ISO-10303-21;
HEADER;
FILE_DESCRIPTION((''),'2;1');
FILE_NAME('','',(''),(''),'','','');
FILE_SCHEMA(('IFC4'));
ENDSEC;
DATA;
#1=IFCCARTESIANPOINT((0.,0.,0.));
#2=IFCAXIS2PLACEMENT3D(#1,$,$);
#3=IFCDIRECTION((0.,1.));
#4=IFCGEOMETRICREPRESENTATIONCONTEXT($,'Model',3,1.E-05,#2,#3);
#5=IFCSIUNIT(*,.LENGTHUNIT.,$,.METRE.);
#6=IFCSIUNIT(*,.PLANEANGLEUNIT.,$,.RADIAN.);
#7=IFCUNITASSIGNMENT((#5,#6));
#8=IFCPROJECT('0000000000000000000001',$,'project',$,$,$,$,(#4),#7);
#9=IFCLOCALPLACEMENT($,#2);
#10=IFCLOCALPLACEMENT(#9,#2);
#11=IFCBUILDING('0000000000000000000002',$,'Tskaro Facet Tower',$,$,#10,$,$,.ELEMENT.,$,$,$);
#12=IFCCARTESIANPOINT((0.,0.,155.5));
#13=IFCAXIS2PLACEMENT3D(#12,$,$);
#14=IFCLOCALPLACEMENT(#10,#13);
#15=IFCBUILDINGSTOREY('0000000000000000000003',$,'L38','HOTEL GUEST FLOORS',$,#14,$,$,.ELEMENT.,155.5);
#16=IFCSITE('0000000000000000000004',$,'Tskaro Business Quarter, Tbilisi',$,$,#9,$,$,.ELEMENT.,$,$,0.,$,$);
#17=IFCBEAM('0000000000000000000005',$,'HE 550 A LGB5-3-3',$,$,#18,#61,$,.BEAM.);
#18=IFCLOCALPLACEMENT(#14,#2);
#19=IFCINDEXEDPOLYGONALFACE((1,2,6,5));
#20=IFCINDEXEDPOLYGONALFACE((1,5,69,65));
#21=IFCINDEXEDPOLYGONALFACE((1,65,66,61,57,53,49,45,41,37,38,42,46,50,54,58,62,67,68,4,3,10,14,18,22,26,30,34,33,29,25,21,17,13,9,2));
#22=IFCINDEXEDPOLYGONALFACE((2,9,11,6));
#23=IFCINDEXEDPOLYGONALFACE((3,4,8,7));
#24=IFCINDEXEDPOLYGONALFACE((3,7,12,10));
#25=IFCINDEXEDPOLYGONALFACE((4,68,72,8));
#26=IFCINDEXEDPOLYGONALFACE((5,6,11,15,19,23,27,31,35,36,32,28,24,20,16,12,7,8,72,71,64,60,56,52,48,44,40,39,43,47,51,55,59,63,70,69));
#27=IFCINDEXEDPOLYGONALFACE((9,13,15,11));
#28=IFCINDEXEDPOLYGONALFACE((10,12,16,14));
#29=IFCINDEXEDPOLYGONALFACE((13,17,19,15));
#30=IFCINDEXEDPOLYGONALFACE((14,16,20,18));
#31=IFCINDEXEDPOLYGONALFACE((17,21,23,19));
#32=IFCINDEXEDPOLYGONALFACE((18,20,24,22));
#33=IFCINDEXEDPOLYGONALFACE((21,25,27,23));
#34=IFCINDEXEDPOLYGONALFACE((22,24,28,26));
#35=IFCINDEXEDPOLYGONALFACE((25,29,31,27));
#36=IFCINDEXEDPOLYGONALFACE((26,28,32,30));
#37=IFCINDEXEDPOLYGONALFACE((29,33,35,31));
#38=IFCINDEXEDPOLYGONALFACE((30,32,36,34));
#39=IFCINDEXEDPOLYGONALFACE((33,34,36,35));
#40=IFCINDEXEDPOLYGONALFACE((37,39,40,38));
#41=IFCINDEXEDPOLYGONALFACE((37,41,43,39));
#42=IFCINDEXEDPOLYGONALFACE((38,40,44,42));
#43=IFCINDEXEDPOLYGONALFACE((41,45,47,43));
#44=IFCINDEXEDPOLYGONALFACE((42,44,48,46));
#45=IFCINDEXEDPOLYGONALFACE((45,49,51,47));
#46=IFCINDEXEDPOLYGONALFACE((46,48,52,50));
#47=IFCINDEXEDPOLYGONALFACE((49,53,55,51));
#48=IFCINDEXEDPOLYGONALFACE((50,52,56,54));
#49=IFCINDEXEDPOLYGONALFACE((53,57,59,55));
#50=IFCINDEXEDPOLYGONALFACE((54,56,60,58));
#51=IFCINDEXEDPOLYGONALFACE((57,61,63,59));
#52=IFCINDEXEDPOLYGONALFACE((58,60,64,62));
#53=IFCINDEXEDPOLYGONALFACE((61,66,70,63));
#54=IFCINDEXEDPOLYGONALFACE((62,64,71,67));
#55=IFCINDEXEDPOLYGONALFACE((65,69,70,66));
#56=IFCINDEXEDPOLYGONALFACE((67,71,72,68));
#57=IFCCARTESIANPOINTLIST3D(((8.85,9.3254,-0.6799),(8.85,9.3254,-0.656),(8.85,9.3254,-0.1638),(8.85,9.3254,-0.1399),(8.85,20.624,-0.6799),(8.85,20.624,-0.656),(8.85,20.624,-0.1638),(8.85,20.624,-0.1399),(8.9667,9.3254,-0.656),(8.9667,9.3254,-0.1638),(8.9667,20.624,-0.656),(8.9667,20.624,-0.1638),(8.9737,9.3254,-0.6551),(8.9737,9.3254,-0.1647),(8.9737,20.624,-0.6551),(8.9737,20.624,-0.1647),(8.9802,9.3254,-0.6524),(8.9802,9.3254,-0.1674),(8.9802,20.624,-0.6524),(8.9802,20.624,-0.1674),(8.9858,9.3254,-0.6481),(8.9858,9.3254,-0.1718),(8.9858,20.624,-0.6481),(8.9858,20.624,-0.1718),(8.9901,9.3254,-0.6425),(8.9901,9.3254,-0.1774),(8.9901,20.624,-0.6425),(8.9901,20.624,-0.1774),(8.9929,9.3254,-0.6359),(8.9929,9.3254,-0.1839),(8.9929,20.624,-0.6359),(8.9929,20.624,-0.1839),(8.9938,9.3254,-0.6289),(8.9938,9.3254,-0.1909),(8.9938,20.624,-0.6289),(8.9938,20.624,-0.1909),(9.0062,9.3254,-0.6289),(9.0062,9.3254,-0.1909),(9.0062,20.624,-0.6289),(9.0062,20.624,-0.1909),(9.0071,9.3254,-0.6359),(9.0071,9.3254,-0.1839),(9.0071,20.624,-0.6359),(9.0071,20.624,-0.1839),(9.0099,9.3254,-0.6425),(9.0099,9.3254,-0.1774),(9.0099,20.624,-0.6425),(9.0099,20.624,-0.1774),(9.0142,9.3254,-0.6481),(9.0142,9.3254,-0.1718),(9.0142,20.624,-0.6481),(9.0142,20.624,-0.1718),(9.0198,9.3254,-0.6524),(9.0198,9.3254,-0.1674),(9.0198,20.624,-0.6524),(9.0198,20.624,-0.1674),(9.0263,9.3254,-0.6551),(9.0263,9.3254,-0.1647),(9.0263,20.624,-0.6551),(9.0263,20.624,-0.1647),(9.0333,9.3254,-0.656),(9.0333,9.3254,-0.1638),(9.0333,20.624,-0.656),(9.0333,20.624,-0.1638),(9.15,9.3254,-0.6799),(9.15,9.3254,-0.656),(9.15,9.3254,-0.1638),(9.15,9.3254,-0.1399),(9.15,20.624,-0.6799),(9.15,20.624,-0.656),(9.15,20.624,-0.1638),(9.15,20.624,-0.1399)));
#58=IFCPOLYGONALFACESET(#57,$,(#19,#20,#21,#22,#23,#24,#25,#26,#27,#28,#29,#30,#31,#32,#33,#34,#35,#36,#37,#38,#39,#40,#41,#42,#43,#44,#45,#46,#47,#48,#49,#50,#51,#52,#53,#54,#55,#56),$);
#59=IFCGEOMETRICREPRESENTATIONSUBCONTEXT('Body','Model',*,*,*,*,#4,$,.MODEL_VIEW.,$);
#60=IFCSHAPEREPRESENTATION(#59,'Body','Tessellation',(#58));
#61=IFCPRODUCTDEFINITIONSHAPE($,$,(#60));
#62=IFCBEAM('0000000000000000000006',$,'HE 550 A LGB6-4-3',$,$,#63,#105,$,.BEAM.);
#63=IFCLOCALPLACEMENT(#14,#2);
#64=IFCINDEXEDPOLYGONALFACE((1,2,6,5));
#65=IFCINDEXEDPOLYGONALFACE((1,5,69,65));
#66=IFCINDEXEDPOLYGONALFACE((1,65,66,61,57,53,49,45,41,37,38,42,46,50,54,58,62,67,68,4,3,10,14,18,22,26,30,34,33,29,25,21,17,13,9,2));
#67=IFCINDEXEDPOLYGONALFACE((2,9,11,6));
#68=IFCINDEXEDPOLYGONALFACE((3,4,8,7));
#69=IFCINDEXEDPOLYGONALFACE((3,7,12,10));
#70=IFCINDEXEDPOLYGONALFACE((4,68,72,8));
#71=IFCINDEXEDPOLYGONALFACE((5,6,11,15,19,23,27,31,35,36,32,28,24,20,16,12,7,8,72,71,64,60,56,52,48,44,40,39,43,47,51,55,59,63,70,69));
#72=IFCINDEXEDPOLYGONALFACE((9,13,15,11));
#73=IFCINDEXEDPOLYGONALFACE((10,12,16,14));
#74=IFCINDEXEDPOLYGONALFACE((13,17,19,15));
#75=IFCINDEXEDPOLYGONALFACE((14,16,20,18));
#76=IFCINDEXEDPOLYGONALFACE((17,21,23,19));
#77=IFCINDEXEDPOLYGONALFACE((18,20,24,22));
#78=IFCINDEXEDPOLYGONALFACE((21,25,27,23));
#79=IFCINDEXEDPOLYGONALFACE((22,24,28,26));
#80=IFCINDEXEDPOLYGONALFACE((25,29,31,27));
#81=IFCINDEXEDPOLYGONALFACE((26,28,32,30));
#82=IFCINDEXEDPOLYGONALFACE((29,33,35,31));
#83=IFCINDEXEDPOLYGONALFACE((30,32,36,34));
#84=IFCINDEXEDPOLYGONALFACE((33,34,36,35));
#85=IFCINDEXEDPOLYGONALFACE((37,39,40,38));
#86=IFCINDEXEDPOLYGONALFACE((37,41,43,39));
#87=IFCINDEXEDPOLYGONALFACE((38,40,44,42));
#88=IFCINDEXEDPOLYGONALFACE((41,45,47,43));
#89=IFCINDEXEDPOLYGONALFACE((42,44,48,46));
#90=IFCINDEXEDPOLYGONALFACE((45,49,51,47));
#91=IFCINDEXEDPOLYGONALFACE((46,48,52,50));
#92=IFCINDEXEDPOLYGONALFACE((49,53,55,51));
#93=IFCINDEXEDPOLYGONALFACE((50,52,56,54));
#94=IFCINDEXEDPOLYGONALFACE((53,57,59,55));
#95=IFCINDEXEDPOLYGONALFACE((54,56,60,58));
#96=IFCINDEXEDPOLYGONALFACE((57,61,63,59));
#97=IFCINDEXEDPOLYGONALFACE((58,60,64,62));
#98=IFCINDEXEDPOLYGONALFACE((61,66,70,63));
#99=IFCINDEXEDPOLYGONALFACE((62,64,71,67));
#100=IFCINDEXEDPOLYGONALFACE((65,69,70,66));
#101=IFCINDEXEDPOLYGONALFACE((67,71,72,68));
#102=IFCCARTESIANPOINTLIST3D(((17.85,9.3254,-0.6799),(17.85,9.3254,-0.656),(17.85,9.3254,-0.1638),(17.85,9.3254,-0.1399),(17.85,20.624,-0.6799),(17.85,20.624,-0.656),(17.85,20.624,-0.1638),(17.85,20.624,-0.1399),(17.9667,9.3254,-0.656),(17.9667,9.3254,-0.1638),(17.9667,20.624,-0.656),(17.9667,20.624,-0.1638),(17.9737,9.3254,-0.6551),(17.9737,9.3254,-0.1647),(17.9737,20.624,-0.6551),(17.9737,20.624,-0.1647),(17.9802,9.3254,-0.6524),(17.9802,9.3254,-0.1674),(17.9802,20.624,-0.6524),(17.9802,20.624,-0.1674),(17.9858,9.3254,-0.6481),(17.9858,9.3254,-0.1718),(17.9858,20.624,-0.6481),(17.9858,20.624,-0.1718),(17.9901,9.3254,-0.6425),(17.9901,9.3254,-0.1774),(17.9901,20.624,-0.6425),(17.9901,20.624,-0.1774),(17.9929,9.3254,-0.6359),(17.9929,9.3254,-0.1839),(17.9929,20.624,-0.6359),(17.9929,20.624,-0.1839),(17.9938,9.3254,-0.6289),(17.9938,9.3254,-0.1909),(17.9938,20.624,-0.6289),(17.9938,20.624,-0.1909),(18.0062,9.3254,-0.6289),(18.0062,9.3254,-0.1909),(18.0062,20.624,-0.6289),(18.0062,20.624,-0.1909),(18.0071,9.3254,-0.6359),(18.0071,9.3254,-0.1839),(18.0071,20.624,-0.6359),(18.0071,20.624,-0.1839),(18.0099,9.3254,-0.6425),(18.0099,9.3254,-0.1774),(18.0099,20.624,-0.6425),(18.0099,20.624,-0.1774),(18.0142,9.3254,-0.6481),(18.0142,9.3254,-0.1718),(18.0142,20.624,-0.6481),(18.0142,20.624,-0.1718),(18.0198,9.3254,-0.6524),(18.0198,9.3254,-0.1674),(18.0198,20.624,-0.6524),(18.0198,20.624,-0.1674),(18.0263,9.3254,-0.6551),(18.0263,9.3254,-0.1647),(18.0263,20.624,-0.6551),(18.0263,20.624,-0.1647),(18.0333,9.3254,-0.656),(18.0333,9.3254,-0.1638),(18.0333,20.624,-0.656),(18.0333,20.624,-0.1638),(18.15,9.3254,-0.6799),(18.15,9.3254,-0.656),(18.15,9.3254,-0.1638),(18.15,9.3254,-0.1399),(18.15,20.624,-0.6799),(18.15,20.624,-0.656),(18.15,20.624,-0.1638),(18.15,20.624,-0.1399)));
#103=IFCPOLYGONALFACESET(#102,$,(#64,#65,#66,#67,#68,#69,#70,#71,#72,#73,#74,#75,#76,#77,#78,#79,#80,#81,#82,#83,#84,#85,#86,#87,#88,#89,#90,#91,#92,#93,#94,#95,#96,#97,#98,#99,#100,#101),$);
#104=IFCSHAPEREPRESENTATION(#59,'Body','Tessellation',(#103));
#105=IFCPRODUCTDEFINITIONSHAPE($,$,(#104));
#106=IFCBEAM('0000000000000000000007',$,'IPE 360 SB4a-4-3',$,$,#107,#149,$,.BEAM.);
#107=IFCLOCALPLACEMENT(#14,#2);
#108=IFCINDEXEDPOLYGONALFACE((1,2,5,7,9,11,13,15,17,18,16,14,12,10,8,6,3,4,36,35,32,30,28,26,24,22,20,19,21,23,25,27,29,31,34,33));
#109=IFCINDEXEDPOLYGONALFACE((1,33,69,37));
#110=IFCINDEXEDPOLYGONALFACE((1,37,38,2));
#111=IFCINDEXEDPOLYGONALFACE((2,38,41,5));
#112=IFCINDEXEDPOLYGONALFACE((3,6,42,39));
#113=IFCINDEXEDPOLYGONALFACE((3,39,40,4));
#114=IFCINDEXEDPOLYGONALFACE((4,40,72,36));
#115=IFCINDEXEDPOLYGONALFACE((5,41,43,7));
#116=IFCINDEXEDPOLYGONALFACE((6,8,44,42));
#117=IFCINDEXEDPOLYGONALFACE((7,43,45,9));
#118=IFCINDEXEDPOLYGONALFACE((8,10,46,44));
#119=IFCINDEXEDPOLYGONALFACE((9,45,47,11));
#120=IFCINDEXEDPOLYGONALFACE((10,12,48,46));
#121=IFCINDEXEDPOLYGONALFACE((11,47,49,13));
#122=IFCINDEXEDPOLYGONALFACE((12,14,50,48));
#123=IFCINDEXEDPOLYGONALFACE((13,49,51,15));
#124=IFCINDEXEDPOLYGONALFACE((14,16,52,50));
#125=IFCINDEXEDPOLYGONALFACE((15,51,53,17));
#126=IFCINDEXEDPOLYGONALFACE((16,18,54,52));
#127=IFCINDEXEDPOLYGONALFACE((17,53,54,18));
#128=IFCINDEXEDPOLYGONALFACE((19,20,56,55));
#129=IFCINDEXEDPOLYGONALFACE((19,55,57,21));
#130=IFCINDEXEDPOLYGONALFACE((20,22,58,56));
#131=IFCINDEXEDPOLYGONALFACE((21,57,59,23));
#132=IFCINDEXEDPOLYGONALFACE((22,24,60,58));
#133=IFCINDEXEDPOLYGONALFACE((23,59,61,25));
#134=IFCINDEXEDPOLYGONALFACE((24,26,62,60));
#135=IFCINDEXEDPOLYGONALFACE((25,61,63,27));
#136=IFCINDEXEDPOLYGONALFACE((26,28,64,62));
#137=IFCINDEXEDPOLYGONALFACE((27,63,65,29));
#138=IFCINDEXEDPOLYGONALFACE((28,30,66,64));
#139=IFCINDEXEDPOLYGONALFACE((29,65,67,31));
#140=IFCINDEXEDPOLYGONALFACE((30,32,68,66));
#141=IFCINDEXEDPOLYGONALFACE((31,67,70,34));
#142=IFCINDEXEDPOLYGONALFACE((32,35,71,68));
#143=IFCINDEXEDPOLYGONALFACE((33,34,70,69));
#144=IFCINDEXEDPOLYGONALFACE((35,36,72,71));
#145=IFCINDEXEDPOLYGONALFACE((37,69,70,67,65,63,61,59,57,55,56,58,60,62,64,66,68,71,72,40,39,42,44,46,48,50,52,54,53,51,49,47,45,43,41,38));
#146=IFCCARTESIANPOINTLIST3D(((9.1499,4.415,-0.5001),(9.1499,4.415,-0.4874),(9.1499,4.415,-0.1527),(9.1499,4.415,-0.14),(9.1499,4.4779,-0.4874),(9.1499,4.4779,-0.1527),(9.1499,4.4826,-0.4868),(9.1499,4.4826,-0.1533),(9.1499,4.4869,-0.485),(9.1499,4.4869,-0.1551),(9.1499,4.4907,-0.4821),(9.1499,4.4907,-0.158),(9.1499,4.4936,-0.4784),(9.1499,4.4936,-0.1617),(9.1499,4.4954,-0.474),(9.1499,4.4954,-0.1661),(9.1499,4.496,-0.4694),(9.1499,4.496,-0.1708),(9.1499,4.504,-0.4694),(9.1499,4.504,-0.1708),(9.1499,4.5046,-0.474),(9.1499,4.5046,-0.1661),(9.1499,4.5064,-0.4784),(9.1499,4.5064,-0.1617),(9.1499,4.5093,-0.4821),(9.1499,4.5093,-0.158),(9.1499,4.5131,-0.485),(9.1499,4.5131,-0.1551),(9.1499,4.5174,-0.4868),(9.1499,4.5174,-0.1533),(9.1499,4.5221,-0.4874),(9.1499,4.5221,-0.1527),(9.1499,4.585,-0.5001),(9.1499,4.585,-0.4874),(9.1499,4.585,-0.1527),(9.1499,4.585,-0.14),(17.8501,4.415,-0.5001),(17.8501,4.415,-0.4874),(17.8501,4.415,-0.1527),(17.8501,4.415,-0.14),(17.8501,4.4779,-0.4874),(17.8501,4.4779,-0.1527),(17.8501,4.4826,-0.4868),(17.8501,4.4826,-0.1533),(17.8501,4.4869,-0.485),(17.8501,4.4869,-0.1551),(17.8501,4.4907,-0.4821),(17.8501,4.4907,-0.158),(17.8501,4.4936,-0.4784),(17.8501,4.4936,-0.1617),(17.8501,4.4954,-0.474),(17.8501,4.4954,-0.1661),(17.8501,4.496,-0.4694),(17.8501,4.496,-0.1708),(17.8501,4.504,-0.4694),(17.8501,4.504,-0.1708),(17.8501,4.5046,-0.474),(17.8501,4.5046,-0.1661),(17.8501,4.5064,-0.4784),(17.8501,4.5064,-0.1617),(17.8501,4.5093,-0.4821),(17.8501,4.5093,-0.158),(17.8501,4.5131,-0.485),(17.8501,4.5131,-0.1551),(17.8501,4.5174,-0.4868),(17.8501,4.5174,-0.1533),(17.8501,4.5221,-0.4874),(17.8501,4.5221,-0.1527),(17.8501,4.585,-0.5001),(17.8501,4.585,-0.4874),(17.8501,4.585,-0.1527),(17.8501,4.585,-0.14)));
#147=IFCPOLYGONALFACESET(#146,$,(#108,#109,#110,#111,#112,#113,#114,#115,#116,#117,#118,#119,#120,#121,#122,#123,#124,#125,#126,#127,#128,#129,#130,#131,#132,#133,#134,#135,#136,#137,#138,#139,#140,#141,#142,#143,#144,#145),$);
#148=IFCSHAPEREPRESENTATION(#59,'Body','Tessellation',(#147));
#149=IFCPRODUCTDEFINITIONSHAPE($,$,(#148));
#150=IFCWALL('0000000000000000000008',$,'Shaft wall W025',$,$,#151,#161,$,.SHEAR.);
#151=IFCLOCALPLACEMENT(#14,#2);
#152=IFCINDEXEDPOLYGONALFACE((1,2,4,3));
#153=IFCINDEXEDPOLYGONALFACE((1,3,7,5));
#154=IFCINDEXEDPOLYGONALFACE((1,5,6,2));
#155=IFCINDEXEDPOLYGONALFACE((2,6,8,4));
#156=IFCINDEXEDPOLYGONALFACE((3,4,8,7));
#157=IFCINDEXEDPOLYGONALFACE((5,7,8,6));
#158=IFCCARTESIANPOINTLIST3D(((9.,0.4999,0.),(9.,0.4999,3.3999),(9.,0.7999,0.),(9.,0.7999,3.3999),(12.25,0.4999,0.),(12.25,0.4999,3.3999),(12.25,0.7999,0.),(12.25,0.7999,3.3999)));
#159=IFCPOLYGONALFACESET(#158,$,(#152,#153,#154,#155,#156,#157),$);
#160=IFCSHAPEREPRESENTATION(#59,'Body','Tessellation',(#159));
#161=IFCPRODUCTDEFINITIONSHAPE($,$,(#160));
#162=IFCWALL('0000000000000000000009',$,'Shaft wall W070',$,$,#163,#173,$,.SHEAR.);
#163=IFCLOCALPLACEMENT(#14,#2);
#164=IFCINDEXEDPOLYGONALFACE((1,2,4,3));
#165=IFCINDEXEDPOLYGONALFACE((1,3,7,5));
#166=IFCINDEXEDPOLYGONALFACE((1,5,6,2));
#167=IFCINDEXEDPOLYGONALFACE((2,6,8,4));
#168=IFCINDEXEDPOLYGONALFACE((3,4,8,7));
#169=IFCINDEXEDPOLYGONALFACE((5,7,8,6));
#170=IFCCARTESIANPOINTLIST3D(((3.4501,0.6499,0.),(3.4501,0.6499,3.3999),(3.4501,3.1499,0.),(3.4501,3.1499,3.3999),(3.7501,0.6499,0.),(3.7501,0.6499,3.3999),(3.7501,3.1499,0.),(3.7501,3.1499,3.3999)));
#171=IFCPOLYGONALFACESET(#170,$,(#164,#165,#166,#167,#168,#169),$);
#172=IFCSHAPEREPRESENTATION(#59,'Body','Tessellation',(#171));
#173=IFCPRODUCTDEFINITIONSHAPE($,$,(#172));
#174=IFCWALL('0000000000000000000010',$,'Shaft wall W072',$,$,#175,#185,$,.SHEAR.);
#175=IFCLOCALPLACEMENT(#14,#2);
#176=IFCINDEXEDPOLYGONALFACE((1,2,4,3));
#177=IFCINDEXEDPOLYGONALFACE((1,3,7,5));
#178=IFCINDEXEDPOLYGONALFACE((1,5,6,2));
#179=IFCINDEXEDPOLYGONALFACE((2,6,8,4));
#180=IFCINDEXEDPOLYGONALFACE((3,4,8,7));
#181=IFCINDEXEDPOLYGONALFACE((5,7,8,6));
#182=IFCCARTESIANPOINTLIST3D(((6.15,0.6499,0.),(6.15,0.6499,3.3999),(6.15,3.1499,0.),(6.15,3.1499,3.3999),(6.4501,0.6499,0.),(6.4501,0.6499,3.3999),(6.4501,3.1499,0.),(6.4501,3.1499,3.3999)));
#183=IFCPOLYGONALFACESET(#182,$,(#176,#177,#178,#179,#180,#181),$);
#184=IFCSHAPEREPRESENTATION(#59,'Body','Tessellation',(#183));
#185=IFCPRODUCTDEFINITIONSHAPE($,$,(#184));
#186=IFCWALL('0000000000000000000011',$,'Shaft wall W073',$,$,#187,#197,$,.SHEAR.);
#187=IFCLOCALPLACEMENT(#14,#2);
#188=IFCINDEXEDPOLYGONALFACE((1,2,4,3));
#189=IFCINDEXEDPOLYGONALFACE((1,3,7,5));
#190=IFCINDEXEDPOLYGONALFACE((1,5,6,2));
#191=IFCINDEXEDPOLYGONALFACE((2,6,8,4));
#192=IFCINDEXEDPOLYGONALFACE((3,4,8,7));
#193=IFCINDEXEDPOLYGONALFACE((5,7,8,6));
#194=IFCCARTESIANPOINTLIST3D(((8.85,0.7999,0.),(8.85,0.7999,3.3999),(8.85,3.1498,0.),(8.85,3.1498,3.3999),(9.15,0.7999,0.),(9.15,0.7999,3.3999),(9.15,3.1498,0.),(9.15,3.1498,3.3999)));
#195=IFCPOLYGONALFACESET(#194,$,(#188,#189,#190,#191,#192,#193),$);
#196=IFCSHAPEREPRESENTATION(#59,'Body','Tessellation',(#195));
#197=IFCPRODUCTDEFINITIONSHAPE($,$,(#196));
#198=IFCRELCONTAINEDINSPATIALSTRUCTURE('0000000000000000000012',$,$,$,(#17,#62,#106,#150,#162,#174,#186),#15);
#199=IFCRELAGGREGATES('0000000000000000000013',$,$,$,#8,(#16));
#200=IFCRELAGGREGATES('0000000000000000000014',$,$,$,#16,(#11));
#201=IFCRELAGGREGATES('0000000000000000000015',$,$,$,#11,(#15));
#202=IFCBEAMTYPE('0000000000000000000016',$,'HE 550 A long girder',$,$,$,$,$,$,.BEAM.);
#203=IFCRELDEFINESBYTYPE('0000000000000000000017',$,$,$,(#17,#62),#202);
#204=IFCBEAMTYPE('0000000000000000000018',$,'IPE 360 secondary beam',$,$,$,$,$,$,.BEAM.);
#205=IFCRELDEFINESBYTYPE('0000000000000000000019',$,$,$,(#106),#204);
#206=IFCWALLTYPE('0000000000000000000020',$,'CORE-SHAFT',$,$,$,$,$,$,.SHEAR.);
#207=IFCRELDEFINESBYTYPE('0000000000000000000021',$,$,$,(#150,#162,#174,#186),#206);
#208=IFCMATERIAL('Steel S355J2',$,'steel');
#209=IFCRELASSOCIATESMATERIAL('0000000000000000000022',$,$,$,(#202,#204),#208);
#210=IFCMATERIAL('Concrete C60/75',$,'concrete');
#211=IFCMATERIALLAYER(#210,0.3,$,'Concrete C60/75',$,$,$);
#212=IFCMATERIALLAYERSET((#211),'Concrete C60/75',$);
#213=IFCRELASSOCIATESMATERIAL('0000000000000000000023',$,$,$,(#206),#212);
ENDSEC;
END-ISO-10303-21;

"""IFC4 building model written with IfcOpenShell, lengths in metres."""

from ifc_helpers import new_model, si_unit, direction, frame, frame_2d, origin, origin_2d, place, context, subcontext, project, spatial, rectangle, i_section, extrude, material, layer, layer_set, material_profile, profile_set, type_object, element, save


model = new_model("IFC4")

# Units and contexts
model_context = context("Model", 3, precision=1e-05, world=origin(), true_north=direction((0.0, 1.0)))
body_context = subcontext(model_context, "Body", "Model", "MODEL_VIEW")
ifc_project = project(units=[si_unit("LENGTHUNIT", "METRE"), si_unit("PLANEANGLEUNIT", "RADIAN")], contexts=[model_context])

# Site, building, storey
site_placement = place(None, origin())
site = spatial("IfcSite", under=ifc_project, at=site_placement, Name="Tskaro Business Quarter, Tbilisi", CompositionType="ELEMENT", RefElevation=0.0)
building_placement = place(site_placement, origin())
building = spatial("IfcBuilding", under=site, at=building_placement, Name="Tskaro Facet Tower", CompositionType="ELEMENT")
storey_placement = place(building_placement, frame((0.0, 0.0, 155.5)))
storey = spatial("IfcBuildingStorey", under=building, at=storey_placement, Name="L38", Description="HOTEL GUEST FLOORS", CompositionType="ELEMENT", Elevation=155.5)

# Beams
ifc_material_1 = material(Name="Steel S355J2", Category="steel")
ifc_material_profile_1 = material_profile(ifc_material_1, i_section(OverallWidth=0.3, OverallDepth=0.54, WebThickness=0.0125, FlangeThickness=0.0239, FilletRadius=0.0271, at=origin_2d()), Name="HE 550 A")
ifc_profile_set_1 = profile_set([ifc_material_profile_1], Name="Steel S355J2")
beam_type_1 = type_object("IfcBeamType", Name="HE 550 A long girder", PredefinedType="BEAM", material=ifc_profile_set_1)
for number, where, z_axis, x_axis, name in (
    (1, (9.0, 9.3254, -0.4099), (0.0, 1.0, 0.0), (-1.0, 0.0, 0.0), "HE 550 A LGB5-3-3"),
    (2, (18.0, 9.3254, -0.4099), (0.0, 1.0, 0.0), (-1.0, 0.0, 0.0), "HE 550 A LGB6-4-3"),
):
    element("IfcBeam", number, at=place(storey_placement, frame(where, z_axis=z_axis, x_axis=x_axis)), inside=storey, type_object=beam_type_1, Name=name, PredefinedType="BEAM", context=body_context, shape_type="SweptSolid", body=[
        extrude(i_section(OverallWidth=0.3, OverallDepth=0.54, WebThickness=0.0125, FlangeThickness=0.0239, FilletRadius=0.0271, at=origin_2d()), origin(), (0.0, 0.0, 1.0), 11.2986),
    ])
ifc_material_profile_2 = material_profile(ifc_material_1, i_section(OverallWidth=0.1699, OverallDepth=0.3601, WebThickness=0.0081, FlangeThickness=0.0127, FilletRadius=0.0181, at=origin_2d()), Name="IPE 360")
ifc_profile_set_2 = profile_set([ifc_material_profile_2], Name="Steel S355J2")
beam_type_2 = type_object("IfcBeamType", Name="IPE 360 secondary beam", PredefinedType="BEAM", material=ifc_profile_set_2)
beam_1_placement = place(storey_placement, frame((9.1499, 4.5, -0.3201), z_axis=(1.0, 0.0, 0.0), x_axis=(0.0, 1.0, 0.0)))
element("IfcBeam", 3, at=beam_1_placement, inside=storey, type_object=beam_type_2, Name="IPE 360 SB4a-4-3", PredefinedType="BEAM", context=body_context, shape_type="SweptSolid", body=[
    extrude(i_section(OverallWidth=0.1699, OverallDepth=0.3601, WebThickness=0.0081, FlangeThickness=0.0127, FilletRadius=0.0181, at=origin_2d()), origin(), (0.0, 0.0, 1.0), 8.7002),
])

# Walls
ifc_material_2 = material(Name="Concrete C60/75", Category="concrete")
ifc_layer_1 = layer(ifc_material_2, 0.3, Name="Concrete C60/75")
ifc_layer_set_1 = layer_set([ifc_layer_1], Name="Concrete C60/75")
wall_type_1 = type_object("IfcWallType", Name="CORE-SHAFT", PredefinedType="SHEAR", material=ifc_layer_set_1)
wall_1_placement = place(storey_placement, frame((12.25, 0.6499, 0.0), z_axis=(0.0, 0.0, 1.0), x_axis=(-1.0, 0.0, 0.0)))
element("IfcWall", 4, at=wall_1_placement, inside=storey, type_object=wall_type_1, Name="Shaft wall W025", PredefinedType="SHEAR", context=body_context, shape_type="SweptSolid", body=[
    extrude(rectangle(XDim=3.25, YDim=0.3, at=frame_2d((1.625, 0.0))), origin(), (0.0, 0.0, 1.0), 3.3999),
])
for number, where, z_axis, x_axis, name in (
    (5, (3.6001, 0.6499, 0.0), (0.0, 0.0, 1.0), (0.0, 1.0, 0.0), "Shaft wall W070"),
    (6, (6.3, 0.6499, 0.0), (0.0, 0.0, 1.0), (0.0, 1.0, 0.0), "Shaft wall W072"),
):
    element("IfcWall", number, at=place(storey_placement, frame(where, z_axis=z_axis, x_axis=x_axis)), inside=storey, type_object=wall_type_1, Name=name, PredefinedType="SHEAR", context=body_context, shape_type="SweptSolid", body=[
        extrude(rectangle(XDim=2.5, YDim=0.3, at=frame_2d((1.25, 0.0))), origin(), (0.0, 0.0, 1.0), 3.3999),
    ])
wall_2_placement = place(storey_placement, frame((9.0, 0.8, 0.0), z_axis=(0.0, 0.0, 1.0), x_axis=(0.0, 1.0, 0.0)))
element("IfcWall", 7, at=wall_2_placement, inside=storey, type_object=wall_type_1, Name="Shaft wall W073", PredefinedType="SHEAR", context=body_context, shape_type="SweptSolid", body=[
    extrude(rectangle(XDim=2.3499, YDim=0.3, at=frame_2d((1.1748, 0.0))), origin(), (0.0, 0.0, 1.0), 3.3999),
])

save(model, "model.ifc")
